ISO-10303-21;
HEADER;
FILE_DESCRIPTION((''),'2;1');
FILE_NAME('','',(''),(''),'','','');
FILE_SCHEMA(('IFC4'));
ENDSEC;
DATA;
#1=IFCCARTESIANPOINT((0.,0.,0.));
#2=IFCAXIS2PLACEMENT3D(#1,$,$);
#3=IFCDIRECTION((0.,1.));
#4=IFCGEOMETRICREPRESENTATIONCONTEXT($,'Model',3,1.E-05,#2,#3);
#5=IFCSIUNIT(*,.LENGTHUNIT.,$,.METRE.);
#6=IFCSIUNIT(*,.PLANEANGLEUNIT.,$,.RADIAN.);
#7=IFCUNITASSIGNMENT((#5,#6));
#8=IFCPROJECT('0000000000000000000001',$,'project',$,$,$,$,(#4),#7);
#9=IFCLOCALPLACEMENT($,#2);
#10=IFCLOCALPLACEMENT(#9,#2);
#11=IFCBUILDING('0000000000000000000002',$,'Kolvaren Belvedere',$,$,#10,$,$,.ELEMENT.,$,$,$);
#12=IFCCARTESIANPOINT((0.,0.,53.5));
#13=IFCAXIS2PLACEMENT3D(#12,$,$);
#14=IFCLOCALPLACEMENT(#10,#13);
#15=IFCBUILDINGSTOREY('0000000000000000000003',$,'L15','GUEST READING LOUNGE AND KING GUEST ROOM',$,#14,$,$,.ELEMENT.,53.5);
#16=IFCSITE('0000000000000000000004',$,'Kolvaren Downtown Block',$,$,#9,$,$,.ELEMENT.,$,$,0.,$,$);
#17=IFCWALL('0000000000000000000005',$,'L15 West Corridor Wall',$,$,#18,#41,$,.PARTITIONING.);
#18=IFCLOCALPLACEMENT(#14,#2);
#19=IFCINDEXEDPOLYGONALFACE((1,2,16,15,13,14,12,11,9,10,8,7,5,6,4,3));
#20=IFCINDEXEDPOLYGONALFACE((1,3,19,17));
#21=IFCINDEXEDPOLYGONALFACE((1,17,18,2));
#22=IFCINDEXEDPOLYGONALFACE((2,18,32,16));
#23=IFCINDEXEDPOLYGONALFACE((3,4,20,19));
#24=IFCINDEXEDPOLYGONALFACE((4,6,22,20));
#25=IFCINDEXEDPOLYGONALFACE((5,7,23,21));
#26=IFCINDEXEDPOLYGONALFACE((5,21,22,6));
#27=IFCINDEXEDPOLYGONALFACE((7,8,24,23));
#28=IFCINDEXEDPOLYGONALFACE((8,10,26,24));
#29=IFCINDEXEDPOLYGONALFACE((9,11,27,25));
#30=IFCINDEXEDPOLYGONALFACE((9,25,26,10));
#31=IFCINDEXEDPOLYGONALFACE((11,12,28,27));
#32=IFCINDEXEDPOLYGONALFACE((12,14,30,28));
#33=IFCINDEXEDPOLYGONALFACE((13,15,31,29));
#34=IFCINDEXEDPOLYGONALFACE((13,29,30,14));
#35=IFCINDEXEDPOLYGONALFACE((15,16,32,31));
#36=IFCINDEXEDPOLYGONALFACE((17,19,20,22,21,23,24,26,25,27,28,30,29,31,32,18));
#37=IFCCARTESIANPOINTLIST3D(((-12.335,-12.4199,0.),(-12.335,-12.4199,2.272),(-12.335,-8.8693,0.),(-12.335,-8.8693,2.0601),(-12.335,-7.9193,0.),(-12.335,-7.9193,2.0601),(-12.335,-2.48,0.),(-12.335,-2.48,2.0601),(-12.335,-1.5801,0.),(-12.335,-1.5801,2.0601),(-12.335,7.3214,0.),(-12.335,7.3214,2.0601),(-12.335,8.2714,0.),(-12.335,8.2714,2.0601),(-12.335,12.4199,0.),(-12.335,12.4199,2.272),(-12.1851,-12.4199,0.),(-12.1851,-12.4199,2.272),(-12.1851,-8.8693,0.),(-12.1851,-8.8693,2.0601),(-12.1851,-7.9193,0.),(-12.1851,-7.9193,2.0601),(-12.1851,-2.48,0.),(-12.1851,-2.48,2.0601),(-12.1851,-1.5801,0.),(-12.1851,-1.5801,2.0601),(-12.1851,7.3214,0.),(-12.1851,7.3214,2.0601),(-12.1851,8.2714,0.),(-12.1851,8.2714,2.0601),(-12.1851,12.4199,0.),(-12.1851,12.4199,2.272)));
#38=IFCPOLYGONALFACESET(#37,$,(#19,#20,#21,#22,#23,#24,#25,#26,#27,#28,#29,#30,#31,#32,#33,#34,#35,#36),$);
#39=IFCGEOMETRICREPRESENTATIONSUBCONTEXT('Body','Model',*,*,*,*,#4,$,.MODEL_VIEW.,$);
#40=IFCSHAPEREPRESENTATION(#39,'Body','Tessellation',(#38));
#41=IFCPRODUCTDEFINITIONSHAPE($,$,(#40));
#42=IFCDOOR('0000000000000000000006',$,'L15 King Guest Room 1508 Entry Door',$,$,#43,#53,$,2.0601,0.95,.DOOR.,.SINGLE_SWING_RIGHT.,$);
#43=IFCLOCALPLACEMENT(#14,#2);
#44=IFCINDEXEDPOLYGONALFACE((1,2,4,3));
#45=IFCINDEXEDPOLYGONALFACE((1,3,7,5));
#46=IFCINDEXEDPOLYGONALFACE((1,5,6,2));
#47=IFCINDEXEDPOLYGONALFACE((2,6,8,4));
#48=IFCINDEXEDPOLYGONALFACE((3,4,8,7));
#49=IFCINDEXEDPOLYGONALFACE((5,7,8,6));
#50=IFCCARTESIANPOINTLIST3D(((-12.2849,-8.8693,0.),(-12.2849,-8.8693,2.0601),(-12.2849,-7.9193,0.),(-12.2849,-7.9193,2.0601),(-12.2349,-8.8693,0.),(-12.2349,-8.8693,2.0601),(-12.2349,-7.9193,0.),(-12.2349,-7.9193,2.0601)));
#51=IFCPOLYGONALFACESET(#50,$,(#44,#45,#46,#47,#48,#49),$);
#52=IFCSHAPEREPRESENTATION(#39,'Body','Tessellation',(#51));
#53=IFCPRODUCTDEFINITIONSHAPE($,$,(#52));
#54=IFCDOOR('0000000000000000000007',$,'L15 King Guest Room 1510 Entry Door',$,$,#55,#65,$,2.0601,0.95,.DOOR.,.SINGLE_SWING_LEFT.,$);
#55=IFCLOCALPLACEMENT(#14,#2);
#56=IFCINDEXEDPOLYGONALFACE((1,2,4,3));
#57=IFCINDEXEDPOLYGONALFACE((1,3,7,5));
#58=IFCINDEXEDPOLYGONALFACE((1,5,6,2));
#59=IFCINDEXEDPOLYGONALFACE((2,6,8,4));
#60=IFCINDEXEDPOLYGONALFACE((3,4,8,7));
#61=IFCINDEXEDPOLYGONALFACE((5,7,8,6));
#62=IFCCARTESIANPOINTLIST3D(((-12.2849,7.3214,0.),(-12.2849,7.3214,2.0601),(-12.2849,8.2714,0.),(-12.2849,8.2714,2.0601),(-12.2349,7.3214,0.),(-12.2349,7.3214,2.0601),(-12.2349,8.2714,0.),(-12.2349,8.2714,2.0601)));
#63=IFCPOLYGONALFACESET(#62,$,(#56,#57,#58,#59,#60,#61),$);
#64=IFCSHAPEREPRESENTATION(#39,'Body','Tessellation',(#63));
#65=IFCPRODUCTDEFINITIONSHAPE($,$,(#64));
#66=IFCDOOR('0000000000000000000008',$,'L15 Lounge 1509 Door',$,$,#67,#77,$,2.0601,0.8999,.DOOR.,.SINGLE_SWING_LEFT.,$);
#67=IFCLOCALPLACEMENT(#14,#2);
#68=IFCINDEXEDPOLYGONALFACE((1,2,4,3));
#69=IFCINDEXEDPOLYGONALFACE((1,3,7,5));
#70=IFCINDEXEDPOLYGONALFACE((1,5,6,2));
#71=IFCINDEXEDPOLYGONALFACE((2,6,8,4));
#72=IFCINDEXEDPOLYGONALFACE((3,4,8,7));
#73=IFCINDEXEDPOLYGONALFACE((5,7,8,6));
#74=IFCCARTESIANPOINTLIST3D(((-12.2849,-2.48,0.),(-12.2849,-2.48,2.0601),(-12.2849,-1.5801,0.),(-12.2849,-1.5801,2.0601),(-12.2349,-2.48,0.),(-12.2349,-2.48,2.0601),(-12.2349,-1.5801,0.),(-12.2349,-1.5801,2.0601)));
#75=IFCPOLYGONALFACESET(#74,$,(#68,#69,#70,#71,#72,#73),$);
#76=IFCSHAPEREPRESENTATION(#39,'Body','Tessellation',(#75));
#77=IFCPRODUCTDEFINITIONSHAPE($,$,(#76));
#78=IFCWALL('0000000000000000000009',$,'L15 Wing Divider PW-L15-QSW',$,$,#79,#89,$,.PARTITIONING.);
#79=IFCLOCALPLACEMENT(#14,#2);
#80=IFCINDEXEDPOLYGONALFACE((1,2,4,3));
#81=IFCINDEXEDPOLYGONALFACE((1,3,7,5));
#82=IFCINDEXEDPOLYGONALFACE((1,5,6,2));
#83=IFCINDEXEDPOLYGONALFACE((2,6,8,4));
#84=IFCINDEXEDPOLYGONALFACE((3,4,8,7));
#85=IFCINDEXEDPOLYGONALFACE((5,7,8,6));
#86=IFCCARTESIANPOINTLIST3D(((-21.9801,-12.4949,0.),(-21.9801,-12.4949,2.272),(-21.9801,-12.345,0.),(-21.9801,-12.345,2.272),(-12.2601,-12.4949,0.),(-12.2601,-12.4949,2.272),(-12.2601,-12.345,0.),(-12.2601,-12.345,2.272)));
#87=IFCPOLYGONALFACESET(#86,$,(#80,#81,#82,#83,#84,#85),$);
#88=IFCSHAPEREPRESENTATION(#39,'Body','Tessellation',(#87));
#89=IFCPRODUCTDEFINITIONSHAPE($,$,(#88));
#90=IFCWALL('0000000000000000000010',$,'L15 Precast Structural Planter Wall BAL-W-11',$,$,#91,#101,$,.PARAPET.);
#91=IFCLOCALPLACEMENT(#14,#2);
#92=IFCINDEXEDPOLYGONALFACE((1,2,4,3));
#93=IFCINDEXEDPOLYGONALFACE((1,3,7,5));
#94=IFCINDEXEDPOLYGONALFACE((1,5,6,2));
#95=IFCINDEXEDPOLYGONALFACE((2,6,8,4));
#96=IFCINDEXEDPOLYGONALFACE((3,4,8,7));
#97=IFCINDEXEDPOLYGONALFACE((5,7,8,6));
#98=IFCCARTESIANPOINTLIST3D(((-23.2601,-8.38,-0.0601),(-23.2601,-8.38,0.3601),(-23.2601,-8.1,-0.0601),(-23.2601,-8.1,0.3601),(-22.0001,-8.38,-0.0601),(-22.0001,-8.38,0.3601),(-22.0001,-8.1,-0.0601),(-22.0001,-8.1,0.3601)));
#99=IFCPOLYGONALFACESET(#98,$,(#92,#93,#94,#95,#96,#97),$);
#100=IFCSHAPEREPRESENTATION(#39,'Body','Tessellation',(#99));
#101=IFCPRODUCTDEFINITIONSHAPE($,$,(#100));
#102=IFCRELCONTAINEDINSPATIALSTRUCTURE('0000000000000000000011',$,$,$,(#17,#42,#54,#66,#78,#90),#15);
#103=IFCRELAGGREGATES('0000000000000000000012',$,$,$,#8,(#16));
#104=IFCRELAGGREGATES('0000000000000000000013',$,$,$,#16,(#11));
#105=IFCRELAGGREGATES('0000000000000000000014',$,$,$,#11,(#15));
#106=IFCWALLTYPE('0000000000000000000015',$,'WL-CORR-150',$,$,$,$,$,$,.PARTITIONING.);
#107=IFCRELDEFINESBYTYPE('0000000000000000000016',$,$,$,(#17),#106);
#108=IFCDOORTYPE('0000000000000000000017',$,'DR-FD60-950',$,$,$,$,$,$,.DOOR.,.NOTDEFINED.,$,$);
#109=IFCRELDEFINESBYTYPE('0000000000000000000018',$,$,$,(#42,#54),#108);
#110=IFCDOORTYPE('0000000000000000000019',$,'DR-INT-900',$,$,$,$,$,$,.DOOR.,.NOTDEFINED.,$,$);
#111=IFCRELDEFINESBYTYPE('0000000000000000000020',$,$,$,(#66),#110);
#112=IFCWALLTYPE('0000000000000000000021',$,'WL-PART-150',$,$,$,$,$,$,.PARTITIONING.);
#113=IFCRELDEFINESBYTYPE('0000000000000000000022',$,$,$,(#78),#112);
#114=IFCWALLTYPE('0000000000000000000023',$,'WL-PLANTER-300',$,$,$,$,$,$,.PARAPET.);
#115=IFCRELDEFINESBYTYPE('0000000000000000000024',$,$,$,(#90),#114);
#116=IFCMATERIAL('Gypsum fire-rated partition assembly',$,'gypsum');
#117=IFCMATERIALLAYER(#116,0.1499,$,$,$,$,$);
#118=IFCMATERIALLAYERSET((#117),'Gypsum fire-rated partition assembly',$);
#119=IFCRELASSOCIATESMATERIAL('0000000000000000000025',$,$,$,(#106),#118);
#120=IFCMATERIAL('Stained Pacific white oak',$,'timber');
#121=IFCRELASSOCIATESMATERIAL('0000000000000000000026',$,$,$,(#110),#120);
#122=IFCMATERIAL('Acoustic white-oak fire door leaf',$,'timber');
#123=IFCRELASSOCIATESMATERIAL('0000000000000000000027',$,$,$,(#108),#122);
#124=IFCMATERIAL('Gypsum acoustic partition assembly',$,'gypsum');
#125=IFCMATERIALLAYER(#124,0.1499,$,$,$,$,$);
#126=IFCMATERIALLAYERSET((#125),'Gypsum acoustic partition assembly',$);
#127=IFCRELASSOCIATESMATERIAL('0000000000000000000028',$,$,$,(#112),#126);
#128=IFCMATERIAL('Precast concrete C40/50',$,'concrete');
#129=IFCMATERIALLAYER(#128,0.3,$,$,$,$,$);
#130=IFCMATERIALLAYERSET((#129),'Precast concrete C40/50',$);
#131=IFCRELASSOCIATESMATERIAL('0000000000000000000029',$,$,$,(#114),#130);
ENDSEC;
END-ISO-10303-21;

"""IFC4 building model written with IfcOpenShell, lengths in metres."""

from ifc_helpers import new_model, si_unit, direction, frame, frame_2d, origin, place, context, subcontext, project, spatial, rectangle, extrude, material, layer, layer_set, type_object, element, fill, save


model = new_model("IFC4")

# Units and contexts
model_context = context("Model", 3, precision=1e-05, world=origin(), true_north=direction((0.0, 1.0)))
body_context = subcontext(model_context, "Body", "Model", "MODEL_VIEW")
ifc_project = project(units=[si_unit("LENGTHUNIT", "METRE"), si_unit("PLANEANGLEUNIT", "RADIAN")], contexts=[model_context])

# Site, building, storey
site_placement = place(None, origin())
site = spatial("IfcSite", under=ifc_project, at=site_placement, Name="Kolvaren Downtown Block", CompositionType="ELEMENT", RefElevation=0.0)
building_placement = place(site_placement, origin())
building = spatial("IfcBuilding", under=site, at=building_placement, Name="Kolvaren Belvedere", CompositionType="ELEMENT")
storey_placement = place(building_placement, frame((0.0, 0.0, 53.5)))
storey = spatial("IfcBuildingStorey", under=building, at=storey_placement, Name="L15", Description="GUEST READING LOUNGE AND KING GUEST ROOM", CompositionType="ELEMENT", Elevation=53.5)

# Wall, openings, doors
ifc_material_1 = material(Name="Gypsum fire-rated partition assembly", Category="gypsum")
ifc_layer_1 = layer(ifc_material_1, 0.1499)
ifc_layer_set_1 = layer_set([ifc_layer_1], Name="Gypsum fire-rated partition assembly")
wall_type_1 = type_object("IfcWallType", Name="WL-CORR-150", PredefinedType="PARTITIONING", material=ifc_layer_set_1)
ifc_material_2 = material(Name="Stained Pacific white oak", Category="timber")
door_type_1 = type_object("IfcDoorType", Name="DR-INT-900", OperationType="NOTDEFINED", PredefinedType="DOOR", material=ifc_material_2)
wall_1_placement = place(storey_placement, frame((-12.26, -12.4199, 0.0), z_axis=(0.0, 0.0, 1.0), x_axis=(0.0, 1.0, 0.0)))
wall_1 = element("IfcWall", 1, at=wall_1_placement, inside=storey, type_object=wall_type_1, Name="L15 West Corridor Wall", PredefinedType="PARTITIONING", context=body_context, shape_type="SweptSolid", body=[
    extrude(rectangle(XDim=24.8398, YDim=0.1499, at=frame_2d((12.4199, 0.0))), origin(), (0.0, 0.0, 1.0), 2.272),
])
opening_1_placement = place(wall_1_placement, frame((3.5505, 0.0, 0.0)))
opening_1 = element("IfcOpeningElement", 2, at=opening_1_placement, cuts=wall_1, PredefinedType="OPENING", context=body_context, shape_type="SweptSolid", body=[
    extrude(rectangle(XDim=0.95, YDim=2.0601, at=frame_2d((0.4751, 1.03))), frame((0.0, 0.085, 0.0), z_axis=(0.0, -1.0, 0.0), x_axis=(1.0, 0.0, 0.0)), (0.0, 0.0, 1.0), 0.1699),
])
opening_2_placement = place(wall_1_placement, frame((9.9399, 0.0, 0.0)))
opening_2 = element("IfcOpeningElement", 3, at=opening_2_placement, cuts=wall_1, PredefinedType="OPENING", context=body_context, shape_type="SweptSolid", body=[
    extrude(rectangle(XDim=0.8999, YDim=2.0601, at=frame_2d((0.45, 1.03))), frame((0.0, 0.085, 0.0), z_axis=(0.0, -1.0, 0.0), x_axis=(1.0, 0.0, 0.0)), (0.0, 0.0, 1.0), 0.1699),
])
opening_3_placement = place(wall_1_placement, frame((19.7412, 0.0, 0.0)))
opening_3 = element("IfcOpeningElement", 4, at=opening_3_placement, cuts=wall_1, PredefinedType="OPENING", context=body_context, shape_type="SweptSolid", body=[
    extrude(rectangle(XDim=0.95, YDim=2.0601, at=frame_2d((0.4751, 1.03))), frame((0.0, 0.085, 0.0), z_axis=(0.0, -1.0, 0.0), x_axis=(1.0, 0.0, 0.0)), (0.0, 0.0, 1.0), 0.1699),
])
ifc_material_3 = material(Name="Acoustic white-oak fire door leaf", Category="timber")
door_type_2 = type_object("IfcDoorType", Name="DR-FD60-950", OperationType="NOTDEFINED", PredefinedType="DOOR", material=ifc_material_3)
door_1_placement = place(opening_1_placement, origin())
door_1 = element("IfcDoor", 5, at=door_1_placement, inside=storey, type_object=door_type_2, Name="L15 King Guest Room 1508 Entry Door", OperationType="SINGLE_SWING_RIGHT", OverallHeight=2.0601, OverallWidth=0.95, PredefinedType="DOOR", context=body_context, shape_type="SweptSolid", body=[
    extrude(rectangle(XDim=0.95, YDim=2.0601, at=frame_2d((0.4751, 1.03))), frame((0.0, 0.0249, 0.0), z_axis=(0.0, -1.0, 0.0), x_axis=(1.0, 0.0, 0.0)), (0.0, 0.0, 1.0), 0.05),
])
fill(opening_1, door_1)
door_2_placement = place(opening_3_placement, origin())
door_2 = element("IfcDoor", 6, at=door_2_placement, inside=storey, type_object=door_type_2, Name="L15 King Guest Room 1510 Entry Door", OperationType="SINGLE_SWING_LEFT", OverallHeight=2.0601, OverallWidth=0.95, PredefinedType="DOOR", context=body_context, shape_type="SweptSolid", body=[
    extrude(rectangle(XDim=0.95, YDim=2.0601, at=frame_2d((0.4751, 1.03))), frame((0.0, 0.0249, 0.0), z_axis=(0.0, -1.0, 0.0), x_axis=(1.0, 0.0, 0.0)), (0.0, 0.0, 1.0), 0.05),
])
fill(opening_3, door_2)
door_3_placement = place(opening_2_placement, origin())
door_3 = element("IfcDoor", 7, at=door_3_placement, inside=storey, type_object=door_type_1, Name="L15 Lounge 1509 Door", OperationType="SINGLE_SWING_LEFT", OverallHeight=2.0601, OverallWidth=0.8999, PredefinedType="DOOR", context=body_context, shape_type="SweptSolid", body=[
    extrude(rectangle(XDim=0.8999, YDim=2.0601, at=frame_2d((0.45, 1.03))), frame((0.0, 0.0249, 0.0), z_axis=(0.0, -1.0, 0.0), x_axis=(1.0, 0.0, 0.0)), (0.0, 0.0, 1.0), 0.05),
])
fill(opening_2, door_3)

# Walls
ifc_material_4 = material(Name="Gypsum acoustic partition assembly", Category="gypsum")
ifc_layer_2 = layer(ifc_material_4, 0.1499)
ifc_layer_set_2 = layer_set([ifc_layer_2], Name="Gypsum acoustic partition assembly")
wall_type_2 = type_object("IfcWallType", Name="WL-PART-150", PredefinedType="PARTITIONING", material=ifc_layer_set_2)
wall_2_placement = place(storey_placement, frame((-21.98, -12.4199, 0.0), z_axis=(0.0, 0.0, 1.0), x_axis=(1.0, 0.0, 0.0)))
element("IfcWall", 8, at=wall_2_placement, inside=storey, type_object=wall_type_2, Name="L15 Wing Divider PW-L15-QSW", PredefinedType="PARTITIONING", context=body_context, shape_type="SweptSolid", body=[
    extrude(rectangle(XDim=9.72, YDim=0.1499, at=frame_2d((4.8599, 0.0))), origin(), (0.0, 0.0, 1.0), 2.272),
])
ifc_material_5 = material(Name="Precast concrete C40/50", Category="concrete")
ifc_layer_3 = layer(ifc_material_5, 0.3)
ifc_layer_set_3 = layer_set([ifc_layer_3], Name="Precast concrete C40/50")
wall_type_3 = type_object("IfcWallType", Name="WL-PLANTER-300", PredefinedType="PARAPET", material=ifc_layer_set_3)
wall_3_placement = place(storey_placement, frame((-23.26, -8.24, -0.0601), z_axis=(0.0, 0.0, 1.0), x_axis=(1.0, 0.0, 0.0)))
element("IfcWall", 9, at=wall_3_placement, inside=storey, type_object=wall_type_3, Name="L15 Precast Structural Planter Wall BAL-W-11", PredefinedType="PARAPET", context=body_context, shape_type="SweptSolid", body=[
    extrude(rectangle(XDim=1.26, YDim=0.28, at=frame_2d((0.6299, 0.0))), origin(), (0.0, 0.0, 1.0), 0.4202),
])

save(model, "model.ifc")
